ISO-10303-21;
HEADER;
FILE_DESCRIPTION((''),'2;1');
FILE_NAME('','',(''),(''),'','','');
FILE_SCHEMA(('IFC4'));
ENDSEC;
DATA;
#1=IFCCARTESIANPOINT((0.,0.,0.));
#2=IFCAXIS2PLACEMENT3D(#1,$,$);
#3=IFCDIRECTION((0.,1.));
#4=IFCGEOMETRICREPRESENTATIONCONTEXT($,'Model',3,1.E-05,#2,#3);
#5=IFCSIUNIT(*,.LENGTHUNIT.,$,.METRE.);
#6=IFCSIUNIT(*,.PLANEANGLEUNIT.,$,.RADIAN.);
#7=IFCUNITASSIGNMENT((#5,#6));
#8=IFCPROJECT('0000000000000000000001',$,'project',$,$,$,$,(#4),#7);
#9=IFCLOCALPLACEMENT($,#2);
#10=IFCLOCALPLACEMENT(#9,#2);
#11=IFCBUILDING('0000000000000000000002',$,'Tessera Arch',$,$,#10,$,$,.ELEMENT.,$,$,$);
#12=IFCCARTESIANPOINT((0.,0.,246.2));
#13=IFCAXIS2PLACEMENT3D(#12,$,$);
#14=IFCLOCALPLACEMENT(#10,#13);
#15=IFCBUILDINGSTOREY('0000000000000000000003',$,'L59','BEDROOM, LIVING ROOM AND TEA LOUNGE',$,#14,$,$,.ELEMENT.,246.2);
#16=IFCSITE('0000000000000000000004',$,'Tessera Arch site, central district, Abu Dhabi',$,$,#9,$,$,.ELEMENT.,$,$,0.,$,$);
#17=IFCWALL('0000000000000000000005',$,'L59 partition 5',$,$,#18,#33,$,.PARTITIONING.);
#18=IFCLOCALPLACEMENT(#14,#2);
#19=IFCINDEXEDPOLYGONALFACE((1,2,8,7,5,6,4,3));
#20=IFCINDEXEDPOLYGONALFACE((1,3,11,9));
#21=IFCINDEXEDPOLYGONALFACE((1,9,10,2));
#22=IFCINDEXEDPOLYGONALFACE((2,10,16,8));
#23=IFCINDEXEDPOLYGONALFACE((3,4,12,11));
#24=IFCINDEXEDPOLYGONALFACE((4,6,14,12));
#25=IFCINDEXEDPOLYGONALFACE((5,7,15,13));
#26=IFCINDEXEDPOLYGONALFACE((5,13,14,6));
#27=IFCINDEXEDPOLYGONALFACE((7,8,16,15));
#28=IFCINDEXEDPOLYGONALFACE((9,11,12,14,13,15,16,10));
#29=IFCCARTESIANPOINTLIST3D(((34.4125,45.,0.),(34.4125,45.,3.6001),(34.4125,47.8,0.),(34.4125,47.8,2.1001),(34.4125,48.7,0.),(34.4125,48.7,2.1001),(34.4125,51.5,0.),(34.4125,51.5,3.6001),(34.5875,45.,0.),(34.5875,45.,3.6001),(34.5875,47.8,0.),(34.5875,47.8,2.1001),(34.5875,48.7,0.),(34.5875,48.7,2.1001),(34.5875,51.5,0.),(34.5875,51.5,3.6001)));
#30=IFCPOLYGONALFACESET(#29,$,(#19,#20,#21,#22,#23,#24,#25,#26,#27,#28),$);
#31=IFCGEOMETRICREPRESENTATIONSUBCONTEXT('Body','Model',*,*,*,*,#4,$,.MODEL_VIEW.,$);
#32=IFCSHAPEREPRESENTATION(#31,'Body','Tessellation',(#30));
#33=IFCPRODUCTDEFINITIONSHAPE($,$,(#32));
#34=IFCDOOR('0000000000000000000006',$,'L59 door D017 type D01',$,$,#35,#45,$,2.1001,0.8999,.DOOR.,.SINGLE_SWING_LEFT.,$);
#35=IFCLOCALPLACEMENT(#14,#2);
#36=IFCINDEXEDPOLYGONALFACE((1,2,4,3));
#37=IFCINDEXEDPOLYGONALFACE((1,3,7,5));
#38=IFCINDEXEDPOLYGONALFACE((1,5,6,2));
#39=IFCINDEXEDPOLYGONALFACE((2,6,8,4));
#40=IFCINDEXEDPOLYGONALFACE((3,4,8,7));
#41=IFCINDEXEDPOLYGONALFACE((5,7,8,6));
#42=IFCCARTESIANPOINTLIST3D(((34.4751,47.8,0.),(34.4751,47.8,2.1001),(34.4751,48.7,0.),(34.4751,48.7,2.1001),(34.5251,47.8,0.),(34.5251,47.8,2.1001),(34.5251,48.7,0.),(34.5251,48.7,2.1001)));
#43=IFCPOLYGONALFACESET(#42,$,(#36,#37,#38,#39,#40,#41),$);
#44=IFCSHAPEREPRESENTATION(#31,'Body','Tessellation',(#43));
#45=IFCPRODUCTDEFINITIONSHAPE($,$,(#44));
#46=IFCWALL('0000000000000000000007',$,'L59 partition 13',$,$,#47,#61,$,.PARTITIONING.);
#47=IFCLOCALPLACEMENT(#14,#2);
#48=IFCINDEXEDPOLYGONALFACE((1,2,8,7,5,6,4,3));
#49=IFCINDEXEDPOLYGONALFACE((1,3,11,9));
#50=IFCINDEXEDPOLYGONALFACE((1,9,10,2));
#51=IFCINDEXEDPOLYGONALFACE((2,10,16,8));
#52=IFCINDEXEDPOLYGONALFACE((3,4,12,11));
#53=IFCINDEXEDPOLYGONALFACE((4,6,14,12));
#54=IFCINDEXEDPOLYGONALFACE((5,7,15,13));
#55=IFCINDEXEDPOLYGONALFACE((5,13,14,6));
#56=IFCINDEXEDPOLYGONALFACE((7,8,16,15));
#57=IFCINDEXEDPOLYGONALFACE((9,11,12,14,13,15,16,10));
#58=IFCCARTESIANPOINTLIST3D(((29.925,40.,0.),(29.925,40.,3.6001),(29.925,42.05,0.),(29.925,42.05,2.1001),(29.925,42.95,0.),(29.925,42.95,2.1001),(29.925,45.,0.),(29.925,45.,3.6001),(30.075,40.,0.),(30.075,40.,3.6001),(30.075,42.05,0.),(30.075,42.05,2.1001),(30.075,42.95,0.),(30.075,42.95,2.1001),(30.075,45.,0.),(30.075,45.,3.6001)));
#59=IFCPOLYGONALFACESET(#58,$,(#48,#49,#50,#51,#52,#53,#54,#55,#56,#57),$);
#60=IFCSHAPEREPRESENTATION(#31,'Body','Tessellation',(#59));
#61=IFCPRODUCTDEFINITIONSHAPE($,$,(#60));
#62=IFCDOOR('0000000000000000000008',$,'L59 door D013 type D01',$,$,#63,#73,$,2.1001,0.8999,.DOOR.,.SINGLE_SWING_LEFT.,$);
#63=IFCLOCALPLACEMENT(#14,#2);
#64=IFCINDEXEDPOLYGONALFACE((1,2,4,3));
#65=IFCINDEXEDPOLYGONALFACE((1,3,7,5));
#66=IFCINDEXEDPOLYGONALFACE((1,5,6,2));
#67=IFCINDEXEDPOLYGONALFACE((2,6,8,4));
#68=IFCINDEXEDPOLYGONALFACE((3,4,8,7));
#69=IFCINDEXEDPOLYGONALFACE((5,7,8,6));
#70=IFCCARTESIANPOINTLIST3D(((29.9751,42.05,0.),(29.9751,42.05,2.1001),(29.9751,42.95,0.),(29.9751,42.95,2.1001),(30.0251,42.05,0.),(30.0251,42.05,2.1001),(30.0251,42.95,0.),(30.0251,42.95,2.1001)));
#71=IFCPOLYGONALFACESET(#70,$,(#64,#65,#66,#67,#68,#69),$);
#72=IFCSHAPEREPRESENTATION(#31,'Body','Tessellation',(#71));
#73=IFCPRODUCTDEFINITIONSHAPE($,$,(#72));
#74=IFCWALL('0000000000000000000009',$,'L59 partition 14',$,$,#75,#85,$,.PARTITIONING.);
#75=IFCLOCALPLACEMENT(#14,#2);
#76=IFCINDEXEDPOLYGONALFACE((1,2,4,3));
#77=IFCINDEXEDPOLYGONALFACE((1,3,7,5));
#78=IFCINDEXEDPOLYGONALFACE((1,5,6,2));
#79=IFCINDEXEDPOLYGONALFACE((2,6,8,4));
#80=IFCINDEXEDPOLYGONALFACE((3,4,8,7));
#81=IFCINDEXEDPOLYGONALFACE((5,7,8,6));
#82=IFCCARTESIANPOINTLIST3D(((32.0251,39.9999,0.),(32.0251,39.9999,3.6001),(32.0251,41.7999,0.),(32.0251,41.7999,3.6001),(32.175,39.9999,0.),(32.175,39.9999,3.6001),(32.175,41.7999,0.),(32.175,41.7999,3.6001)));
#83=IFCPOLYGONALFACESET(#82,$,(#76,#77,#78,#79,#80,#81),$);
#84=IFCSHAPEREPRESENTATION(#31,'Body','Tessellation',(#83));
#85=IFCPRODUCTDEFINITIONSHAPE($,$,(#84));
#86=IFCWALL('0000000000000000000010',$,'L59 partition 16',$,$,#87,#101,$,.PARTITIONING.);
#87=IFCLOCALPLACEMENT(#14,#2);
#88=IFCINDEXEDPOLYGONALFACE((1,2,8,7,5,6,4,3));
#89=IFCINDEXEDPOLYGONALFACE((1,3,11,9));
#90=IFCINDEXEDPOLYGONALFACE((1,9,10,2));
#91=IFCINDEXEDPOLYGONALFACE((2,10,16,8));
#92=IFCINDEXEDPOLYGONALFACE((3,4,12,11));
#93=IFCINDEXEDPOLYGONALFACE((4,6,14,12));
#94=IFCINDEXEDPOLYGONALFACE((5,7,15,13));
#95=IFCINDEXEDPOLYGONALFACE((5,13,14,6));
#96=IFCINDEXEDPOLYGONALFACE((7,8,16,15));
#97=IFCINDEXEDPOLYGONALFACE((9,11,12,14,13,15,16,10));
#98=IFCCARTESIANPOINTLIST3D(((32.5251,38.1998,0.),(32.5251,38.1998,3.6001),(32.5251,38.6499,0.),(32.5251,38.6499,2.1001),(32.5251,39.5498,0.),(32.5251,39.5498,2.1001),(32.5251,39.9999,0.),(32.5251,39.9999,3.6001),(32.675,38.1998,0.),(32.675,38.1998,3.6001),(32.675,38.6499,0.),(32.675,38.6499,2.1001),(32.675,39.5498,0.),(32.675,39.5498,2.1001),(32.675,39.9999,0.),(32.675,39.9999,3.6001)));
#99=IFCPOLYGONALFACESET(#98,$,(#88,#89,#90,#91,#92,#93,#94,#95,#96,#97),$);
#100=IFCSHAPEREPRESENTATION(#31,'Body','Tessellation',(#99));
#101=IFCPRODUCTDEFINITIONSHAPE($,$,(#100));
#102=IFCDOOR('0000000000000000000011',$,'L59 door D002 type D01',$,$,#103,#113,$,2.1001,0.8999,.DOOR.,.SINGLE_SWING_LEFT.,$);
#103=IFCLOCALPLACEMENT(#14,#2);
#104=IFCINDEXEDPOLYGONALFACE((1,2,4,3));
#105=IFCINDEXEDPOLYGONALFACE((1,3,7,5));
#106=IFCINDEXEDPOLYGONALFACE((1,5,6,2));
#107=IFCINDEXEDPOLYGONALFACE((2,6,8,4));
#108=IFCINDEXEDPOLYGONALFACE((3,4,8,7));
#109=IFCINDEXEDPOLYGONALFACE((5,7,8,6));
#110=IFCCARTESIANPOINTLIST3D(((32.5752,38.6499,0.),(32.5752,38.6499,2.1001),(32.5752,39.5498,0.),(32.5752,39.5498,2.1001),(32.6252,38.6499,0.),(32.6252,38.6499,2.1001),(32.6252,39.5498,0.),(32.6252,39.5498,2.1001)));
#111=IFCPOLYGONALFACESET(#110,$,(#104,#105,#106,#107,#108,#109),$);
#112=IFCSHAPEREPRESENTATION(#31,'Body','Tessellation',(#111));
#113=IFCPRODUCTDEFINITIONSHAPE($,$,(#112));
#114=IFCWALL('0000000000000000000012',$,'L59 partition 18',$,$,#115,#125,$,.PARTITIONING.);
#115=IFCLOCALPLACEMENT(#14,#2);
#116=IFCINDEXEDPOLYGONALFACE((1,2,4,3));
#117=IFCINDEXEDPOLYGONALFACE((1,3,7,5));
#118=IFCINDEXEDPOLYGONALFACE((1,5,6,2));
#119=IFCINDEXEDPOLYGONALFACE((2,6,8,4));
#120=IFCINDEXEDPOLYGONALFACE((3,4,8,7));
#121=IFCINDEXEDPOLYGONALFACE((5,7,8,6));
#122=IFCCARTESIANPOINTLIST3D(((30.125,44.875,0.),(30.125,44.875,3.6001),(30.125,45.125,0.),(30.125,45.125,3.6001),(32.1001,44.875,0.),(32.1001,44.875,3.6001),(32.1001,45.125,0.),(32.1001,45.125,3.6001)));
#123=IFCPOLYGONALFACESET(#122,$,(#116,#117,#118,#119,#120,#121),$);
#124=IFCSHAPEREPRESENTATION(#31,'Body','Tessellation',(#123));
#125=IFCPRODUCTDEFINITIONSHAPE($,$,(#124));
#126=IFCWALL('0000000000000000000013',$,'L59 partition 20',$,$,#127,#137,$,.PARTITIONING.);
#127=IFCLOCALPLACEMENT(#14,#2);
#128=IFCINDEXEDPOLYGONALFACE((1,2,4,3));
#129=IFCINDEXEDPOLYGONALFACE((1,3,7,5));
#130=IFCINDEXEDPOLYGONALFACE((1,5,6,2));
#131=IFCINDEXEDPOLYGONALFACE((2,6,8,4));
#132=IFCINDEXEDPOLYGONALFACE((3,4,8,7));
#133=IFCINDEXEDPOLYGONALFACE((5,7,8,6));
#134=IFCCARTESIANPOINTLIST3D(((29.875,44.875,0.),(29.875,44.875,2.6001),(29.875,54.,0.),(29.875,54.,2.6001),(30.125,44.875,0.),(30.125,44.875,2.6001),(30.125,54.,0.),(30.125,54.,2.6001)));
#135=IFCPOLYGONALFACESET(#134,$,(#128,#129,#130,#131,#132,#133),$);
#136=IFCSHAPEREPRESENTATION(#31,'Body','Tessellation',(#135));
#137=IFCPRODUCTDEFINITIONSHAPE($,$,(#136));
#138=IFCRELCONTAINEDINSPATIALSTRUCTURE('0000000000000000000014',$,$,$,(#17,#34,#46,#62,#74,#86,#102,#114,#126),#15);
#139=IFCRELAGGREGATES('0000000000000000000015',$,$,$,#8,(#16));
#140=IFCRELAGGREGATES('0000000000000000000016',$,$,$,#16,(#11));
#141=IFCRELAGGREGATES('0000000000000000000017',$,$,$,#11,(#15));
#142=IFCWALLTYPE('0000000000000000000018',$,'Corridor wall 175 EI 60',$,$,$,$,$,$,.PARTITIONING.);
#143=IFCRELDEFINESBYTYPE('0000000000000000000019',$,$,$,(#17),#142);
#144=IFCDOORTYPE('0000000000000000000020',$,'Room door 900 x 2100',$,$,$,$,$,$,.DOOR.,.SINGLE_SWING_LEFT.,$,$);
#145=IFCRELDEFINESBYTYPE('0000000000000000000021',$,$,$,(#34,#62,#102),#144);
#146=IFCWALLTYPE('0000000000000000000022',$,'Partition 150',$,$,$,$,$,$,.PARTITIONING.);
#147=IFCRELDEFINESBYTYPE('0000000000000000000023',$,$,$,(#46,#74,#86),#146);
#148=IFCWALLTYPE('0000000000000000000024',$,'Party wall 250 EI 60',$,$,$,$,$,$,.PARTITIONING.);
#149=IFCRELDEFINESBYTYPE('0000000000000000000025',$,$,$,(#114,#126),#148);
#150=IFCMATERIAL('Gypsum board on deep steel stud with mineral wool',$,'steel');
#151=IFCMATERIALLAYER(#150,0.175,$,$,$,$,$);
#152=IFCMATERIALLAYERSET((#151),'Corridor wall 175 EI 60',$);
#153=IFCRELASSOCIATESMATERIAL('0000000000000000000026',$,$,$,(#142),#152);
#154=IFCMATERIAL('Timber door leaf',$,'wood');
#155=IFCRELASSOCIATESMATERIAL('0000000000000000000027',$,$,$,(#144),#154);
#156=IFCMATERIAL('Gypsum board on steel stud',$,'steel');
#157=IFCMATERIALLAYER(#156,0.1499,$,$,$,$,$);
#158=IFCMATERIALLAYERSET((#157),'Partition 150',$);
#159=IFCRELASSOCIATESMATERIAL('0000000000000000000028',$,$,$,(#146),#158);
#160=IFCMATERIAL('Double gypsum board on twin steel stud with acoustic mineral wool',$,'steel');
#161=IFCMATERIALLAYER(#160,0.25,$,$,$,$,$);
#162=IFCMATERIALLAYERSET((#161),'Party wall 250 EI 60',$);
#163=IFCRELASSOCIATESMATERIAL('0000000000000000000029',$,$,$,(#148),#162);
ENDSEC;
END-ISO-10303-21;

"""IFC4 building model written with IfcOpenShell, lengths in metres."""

from ifc_helpers import new_model, si_unit, direction, frame, frame_2d, origin, place, context, subcontext, project, spatial, rectangle, extrude, material, layer, layer_set, type_object, element, fill, save


model = new_model("IFC4")

# Units and contexts
model_context = context("Model", 3, precision=1e-05, world=origin(), true_north=direction((0.0, 1.0)))
body_context = subcontext(model_context, "Body", "Model", "MODEL_VIEW")
ifc_project = project(units=[si_unit("LENGTHUNIT", "METRE"), si_unit("PLANEANGLEUNIT", "RADIAN")], contexts=[model_context])

# Site, building, storey
site_placement = place(None, origin())
site = spatial("IfcSite", under=ifc_project, at=site_placement, Name="Tessera Arch site, central district, Abu Dhabi", CompositionType="ELEMENT", RefElevation=0.0)
building_placement = place(site_placement, origin())
building = spatial("IfcBuilding", under=site, at=building_placement, Name="Tessera Arch", CompositionType="ELEMENT")
storey_placement = place(building_placement, frame((0.0, 0.0, 246.2)))
storey = spatial("IfcBuildingStorey", under=building, at=storey_placement, Name="L59", Description="BEDROOM, LIVING ROOM AND TEA LOUNGE", CompositionType="ELEMENT", Elevation=246.2)

# Walls, openings, doors
ifc_material_1 = material(Name="Gypsum board on deep steel stud with mineral wool", Category="steel")
ifc_layer_1 = layer(ifc_material_1, 0.175)
ifc_layer_set_1 = layer_set([ifc_layer_1], Name="Corridor wall 175 EI 60")
wall_type_1 = type_object("IfcWallType", Name="Corridor wall 175 EI 60", PredefinedType="PARTITIONING", material=ifc_layer_set_1)
wall_1_placement = place(storey_placement, frame((34.5, 45.0, 0.0), z_axis=(0.0, 0.0, 1.0), x_axis=(0.0, 1.0, 0.0)))
wall_1 = element("IfcWall", 1, at=wall_1_placement, inside=storey, type_object=wall_type_1, Name="L59 partition 5", PredefinedType="PARTITIONING", context=body_context, shape_type="SweptSolid", body=[
    extrude(rectangle(XDim=6.5, YDim=0.175, at=frame_2d((3.25, 0.0))), origin(), (0.0, 0.0, 1.0), 3.6001),
])
opening_1_placement = place(wall_1_placement, frame((2.8, 0.0, 0.0)))
opening_1 = element("IfcOpeningElement", 2, at=opening_1_placement, cuts=wall_1, PredefinedType="OPENING", context=body_context, shape_type="SweptSolid", body=[
    extrude(rectangle(XDim=0.8999, YDim=2.1001, at=frame_2d((0.45, 1.05))), frame((0.0, 0.0974, 0.0), z_axis=(0.0, -1.0, 0.0), x_axis=(1.0, 0.0, 0.0)), (0.0, 0.0, 1.0), 0.1951),
])
ifc_material_2 = material(Name="Timber door leaf", Category="wood")
door_type_1 = type_object("IfcDoorType", Name="Room door 900 x 2100", OperationType="SINGLE_SWING_LEFT", PredefinedType="DOOR", material=ifc_material_2)
door_1_placement = place(opening_1_placement, origin())
door_1 = element("IfcDoor", 3, at=door_1_placement, inside=storey, type_object=door_type_1, Name="L59 door D017 type D01", OperationType="SINGLE_SWING_LEFT", OverallHeight=2.1001, OverallWidth=0.8999, PredefinedType="DOOR", context=body_context, shape_type="SweptSolid", body=[
    extrude(rectangle(XDim=0.8999, YDim=2.1001, at=frame_2d((0.45, 1.05))), frame((0.0, 0.0249, 0.0), z_axis=(0.0, -1.0, 0.0), x_axis=(1.0, 0.0, 0.0)), (0.0, 0.0, 1.0), 0.05),
])
fill(opening_1, door_1)
ifc_material_3 = material(Name="Gypsum board on steel stud", Category="steel")
ifc_layer_2 = layer(ifc_material_3, 0.1499)
ifc_layer_set_2 = layer_set([ifc_layer_2], Name="Partition 150")
wall_type_2 = type_object("IfcWallType", Name="Partition 150", PredefinedType="PARTITIONING", material=ifc_layer_set_2)
wall_2_placement = place(storey_placement, frame((30.0, 40.0, 0.0), z_axis=(0.0, 0.0, 1.0), x_axis=(0.0, 1.0, 0.0)))
wall_2 = element("IfcWall", 4, at=wall_2_placement, inside=storey, type_object=wall_type_2, Name="L59 partition 13", PredefinedType="PARTITIONING", context=body_context, shape_type="SweptSolid", body=[
    extrude(rectangle(XDim=5.0, YDim=0.1499, at=frame_2d((2.5, 0.0))), origin(), (0.0, 0.0, 1.0), 3.6001),
])
opening_2_placement = place(wall_2_placement, frame((2.05, 0.0, 0.0)))
opening_2 = element("IfcOpeningElement", 5, at=opening_2_placement, cuts=wall_2, PredefinedType="OPENING", context=body_context, shape_type="SweptSolid", body=[
    extrude(rectangle(XDim=0.8999, YDim=2.1001, at=frame_2d((0.45, 1.05))), frame((0.0, 0.085, 0.0), z_axis=(0.0, -1.0, 0.0), x_axis=(1.0, 0.0, 0.0)), (0.0, 0.0, 1.0), 0.1699),
])
door_2_placement = place(opening_2_placement, origin())
door_2 = element("IfcDoor", 6, at=door_2_placement, inside=storey, type_object=door_type_1, Name="L59 door D013 type D01", OperationType="SINGLE_SWING_LEFT", OverallHeight=2.1001, OverallWidth=0.8999, PredefinedType="DOOR", context=body_context, shape_type="SweptSolid", body=[
    extrude(rectangle(XDim=0.8999, YDim=2.1001, at=frame_2d((0.45, 1.05))), frame((0.0, 0.0249, 0.0), z_axis=(0.0, -1.0, 0.0), x_axis=(1.0, 0.0, 0.0)), (0.0, 0.0, 1.0), 0.05),
])
fill(opening_2, door_2)

# Wall
wall_3_placement = place(storey_placement, frame((32.1001, 40.0, 0.0), z_axis=(0.0, 0.0, 1.0), x_axis=(0.0, 1.0, 0.0)))
element("IfcWall", 7, at=wall_3_placement, inside=storey, type_object=wall_type_2, Name="L59 partition 14", PredefinedType="PARTITIONING", context=body_context, shape_type="SweptSolid", body=[
    extrude(rectangle(XDim=1.8, YDim=0.1499, at=frame_2d((0.8999, 0.0))), origin(), (0.0, 0.0, 1.0), 3.6001),
])

# Wall, opening, door
wall_4_placement = place(storey_placement, frame((32.6001, 38.2, 0.0), z_axis=(0.0, 0.0, 1.0), x_axis=(0.0, 1.0, 0.0)))
wall_4 = element("IfcWall", 8, at=wall_4_placement, inside=storey, type_object=wall_type_2, Name="L59 partition 16", PredefinedType="PARTITIONING", context=body_context, shape_type="SweptSolid", body=[
    extrude(rectangle(XDim=1.8, YDim=0.1499, at=frame_2d((0.8999, 0.0))), origin(), (0.0, 0.0, 1.0), 3.6001),
])
opening_3_placement = place(wall_4_placement, frame((0.45, 0.0, 0.0)))
opening_3 = element("IfcOpeningElement", 9, at=opening_3_placement, cuts=wall_4, PredefinedType="OPENING", context=body_context, shape_type="SweptSolid", body=[
    extrude(rectangle(XDim=0.8999, YDim=2.1001, at=frame_2d((0.45, 1.05))), frame((0.0, 0.085, 0.0), z_axis=(0.0, -1.0, 0.0), x_axis=(1.0, 0.0, 0.0)), (0.0, 0.0, 1.0), 0.1699),
])
door_3_placement = place(opening_3_placement, origin())
door_3 = element("IfcDoor", 10, at=door_3_placement, inside=storey, type_object=door_type_1, Name="L59 door D002 type D01", OperationType="SINGLE_SWING_LEFT", OverallHeight=2.1001, OverallWidth=0.8999, PredefinedType="DOOR", context=body_context, shape_type="SweptSolid", body=[
    extrude(rectangle(XDim=0.8999, YDim=2.1001, at=frame_2d((0.45, 1.05))), frame((0.0, 0.0249, 0.0), z_axis=(0.0, -1.0, 0.0), x_axis=(1.0, 0.0, 0.0)), (0.0, 0.0, 1.0), 0.05),
])
fill(opening_3, door_3)

# Walls
ifc_material_4 = material(Name="Double gypsum board on twin steel stud with acoustic mineral wool", Category="steel")
ifc_layer_3 = layer(ifc_material_4, 0.25)
ifc_layer_set_3 = layer_set([ifc_layer_3], Name="Party wall 250 EI 60")
wall_type_3 = type_object("IfcWallType", Name="Party wall 250 EI 60", PredefinedType="PARTITIONING", material=ifc_layer_set_3)
wall_5_placement = place(storey_placement, frame((30.125, 45.0, 0.0), z_axis=(0.0, 0.0, 1.0), x_axis=(1.0, 0.0, 0.0)))
element("IfcWall", 11, at=wall_5_placement, inside=storey, type_object=wall_type_3, Name="L59 partition 18", PredefinedType="PARTITIONING", context=body_context, shape_type="SweptSolid", body=[
    extrude(rectangle(XDim=1.9751, YDim=0.25, at=frame_2d((0.9875, 0.0))), origin(), (0.0, 0.0, 1.0), 3.6001),
])
wall_6_placement = place(storey_placement, frame((30.0, 44.875, 0.0), z_axis=(0.0, 0.0, 1.0), x_axis=(0.0, 1.0, 0.0)))
element("IfcWall", 12, at=wall_6_placement, inside=storey, type_object=wall_type_3, Name="L59 partition 20", PredefinedType="PARTITIONING", context=body_context, shape_type="SweptSolid", body=[
    extrude(rectangle(XDim=9.125, YDim=0.25, at=frame_2d((4.5625, 0.0))), origin(), (0.0, 0.0, 1.0), 2.6001),
])

save(model, "model.ifc")
